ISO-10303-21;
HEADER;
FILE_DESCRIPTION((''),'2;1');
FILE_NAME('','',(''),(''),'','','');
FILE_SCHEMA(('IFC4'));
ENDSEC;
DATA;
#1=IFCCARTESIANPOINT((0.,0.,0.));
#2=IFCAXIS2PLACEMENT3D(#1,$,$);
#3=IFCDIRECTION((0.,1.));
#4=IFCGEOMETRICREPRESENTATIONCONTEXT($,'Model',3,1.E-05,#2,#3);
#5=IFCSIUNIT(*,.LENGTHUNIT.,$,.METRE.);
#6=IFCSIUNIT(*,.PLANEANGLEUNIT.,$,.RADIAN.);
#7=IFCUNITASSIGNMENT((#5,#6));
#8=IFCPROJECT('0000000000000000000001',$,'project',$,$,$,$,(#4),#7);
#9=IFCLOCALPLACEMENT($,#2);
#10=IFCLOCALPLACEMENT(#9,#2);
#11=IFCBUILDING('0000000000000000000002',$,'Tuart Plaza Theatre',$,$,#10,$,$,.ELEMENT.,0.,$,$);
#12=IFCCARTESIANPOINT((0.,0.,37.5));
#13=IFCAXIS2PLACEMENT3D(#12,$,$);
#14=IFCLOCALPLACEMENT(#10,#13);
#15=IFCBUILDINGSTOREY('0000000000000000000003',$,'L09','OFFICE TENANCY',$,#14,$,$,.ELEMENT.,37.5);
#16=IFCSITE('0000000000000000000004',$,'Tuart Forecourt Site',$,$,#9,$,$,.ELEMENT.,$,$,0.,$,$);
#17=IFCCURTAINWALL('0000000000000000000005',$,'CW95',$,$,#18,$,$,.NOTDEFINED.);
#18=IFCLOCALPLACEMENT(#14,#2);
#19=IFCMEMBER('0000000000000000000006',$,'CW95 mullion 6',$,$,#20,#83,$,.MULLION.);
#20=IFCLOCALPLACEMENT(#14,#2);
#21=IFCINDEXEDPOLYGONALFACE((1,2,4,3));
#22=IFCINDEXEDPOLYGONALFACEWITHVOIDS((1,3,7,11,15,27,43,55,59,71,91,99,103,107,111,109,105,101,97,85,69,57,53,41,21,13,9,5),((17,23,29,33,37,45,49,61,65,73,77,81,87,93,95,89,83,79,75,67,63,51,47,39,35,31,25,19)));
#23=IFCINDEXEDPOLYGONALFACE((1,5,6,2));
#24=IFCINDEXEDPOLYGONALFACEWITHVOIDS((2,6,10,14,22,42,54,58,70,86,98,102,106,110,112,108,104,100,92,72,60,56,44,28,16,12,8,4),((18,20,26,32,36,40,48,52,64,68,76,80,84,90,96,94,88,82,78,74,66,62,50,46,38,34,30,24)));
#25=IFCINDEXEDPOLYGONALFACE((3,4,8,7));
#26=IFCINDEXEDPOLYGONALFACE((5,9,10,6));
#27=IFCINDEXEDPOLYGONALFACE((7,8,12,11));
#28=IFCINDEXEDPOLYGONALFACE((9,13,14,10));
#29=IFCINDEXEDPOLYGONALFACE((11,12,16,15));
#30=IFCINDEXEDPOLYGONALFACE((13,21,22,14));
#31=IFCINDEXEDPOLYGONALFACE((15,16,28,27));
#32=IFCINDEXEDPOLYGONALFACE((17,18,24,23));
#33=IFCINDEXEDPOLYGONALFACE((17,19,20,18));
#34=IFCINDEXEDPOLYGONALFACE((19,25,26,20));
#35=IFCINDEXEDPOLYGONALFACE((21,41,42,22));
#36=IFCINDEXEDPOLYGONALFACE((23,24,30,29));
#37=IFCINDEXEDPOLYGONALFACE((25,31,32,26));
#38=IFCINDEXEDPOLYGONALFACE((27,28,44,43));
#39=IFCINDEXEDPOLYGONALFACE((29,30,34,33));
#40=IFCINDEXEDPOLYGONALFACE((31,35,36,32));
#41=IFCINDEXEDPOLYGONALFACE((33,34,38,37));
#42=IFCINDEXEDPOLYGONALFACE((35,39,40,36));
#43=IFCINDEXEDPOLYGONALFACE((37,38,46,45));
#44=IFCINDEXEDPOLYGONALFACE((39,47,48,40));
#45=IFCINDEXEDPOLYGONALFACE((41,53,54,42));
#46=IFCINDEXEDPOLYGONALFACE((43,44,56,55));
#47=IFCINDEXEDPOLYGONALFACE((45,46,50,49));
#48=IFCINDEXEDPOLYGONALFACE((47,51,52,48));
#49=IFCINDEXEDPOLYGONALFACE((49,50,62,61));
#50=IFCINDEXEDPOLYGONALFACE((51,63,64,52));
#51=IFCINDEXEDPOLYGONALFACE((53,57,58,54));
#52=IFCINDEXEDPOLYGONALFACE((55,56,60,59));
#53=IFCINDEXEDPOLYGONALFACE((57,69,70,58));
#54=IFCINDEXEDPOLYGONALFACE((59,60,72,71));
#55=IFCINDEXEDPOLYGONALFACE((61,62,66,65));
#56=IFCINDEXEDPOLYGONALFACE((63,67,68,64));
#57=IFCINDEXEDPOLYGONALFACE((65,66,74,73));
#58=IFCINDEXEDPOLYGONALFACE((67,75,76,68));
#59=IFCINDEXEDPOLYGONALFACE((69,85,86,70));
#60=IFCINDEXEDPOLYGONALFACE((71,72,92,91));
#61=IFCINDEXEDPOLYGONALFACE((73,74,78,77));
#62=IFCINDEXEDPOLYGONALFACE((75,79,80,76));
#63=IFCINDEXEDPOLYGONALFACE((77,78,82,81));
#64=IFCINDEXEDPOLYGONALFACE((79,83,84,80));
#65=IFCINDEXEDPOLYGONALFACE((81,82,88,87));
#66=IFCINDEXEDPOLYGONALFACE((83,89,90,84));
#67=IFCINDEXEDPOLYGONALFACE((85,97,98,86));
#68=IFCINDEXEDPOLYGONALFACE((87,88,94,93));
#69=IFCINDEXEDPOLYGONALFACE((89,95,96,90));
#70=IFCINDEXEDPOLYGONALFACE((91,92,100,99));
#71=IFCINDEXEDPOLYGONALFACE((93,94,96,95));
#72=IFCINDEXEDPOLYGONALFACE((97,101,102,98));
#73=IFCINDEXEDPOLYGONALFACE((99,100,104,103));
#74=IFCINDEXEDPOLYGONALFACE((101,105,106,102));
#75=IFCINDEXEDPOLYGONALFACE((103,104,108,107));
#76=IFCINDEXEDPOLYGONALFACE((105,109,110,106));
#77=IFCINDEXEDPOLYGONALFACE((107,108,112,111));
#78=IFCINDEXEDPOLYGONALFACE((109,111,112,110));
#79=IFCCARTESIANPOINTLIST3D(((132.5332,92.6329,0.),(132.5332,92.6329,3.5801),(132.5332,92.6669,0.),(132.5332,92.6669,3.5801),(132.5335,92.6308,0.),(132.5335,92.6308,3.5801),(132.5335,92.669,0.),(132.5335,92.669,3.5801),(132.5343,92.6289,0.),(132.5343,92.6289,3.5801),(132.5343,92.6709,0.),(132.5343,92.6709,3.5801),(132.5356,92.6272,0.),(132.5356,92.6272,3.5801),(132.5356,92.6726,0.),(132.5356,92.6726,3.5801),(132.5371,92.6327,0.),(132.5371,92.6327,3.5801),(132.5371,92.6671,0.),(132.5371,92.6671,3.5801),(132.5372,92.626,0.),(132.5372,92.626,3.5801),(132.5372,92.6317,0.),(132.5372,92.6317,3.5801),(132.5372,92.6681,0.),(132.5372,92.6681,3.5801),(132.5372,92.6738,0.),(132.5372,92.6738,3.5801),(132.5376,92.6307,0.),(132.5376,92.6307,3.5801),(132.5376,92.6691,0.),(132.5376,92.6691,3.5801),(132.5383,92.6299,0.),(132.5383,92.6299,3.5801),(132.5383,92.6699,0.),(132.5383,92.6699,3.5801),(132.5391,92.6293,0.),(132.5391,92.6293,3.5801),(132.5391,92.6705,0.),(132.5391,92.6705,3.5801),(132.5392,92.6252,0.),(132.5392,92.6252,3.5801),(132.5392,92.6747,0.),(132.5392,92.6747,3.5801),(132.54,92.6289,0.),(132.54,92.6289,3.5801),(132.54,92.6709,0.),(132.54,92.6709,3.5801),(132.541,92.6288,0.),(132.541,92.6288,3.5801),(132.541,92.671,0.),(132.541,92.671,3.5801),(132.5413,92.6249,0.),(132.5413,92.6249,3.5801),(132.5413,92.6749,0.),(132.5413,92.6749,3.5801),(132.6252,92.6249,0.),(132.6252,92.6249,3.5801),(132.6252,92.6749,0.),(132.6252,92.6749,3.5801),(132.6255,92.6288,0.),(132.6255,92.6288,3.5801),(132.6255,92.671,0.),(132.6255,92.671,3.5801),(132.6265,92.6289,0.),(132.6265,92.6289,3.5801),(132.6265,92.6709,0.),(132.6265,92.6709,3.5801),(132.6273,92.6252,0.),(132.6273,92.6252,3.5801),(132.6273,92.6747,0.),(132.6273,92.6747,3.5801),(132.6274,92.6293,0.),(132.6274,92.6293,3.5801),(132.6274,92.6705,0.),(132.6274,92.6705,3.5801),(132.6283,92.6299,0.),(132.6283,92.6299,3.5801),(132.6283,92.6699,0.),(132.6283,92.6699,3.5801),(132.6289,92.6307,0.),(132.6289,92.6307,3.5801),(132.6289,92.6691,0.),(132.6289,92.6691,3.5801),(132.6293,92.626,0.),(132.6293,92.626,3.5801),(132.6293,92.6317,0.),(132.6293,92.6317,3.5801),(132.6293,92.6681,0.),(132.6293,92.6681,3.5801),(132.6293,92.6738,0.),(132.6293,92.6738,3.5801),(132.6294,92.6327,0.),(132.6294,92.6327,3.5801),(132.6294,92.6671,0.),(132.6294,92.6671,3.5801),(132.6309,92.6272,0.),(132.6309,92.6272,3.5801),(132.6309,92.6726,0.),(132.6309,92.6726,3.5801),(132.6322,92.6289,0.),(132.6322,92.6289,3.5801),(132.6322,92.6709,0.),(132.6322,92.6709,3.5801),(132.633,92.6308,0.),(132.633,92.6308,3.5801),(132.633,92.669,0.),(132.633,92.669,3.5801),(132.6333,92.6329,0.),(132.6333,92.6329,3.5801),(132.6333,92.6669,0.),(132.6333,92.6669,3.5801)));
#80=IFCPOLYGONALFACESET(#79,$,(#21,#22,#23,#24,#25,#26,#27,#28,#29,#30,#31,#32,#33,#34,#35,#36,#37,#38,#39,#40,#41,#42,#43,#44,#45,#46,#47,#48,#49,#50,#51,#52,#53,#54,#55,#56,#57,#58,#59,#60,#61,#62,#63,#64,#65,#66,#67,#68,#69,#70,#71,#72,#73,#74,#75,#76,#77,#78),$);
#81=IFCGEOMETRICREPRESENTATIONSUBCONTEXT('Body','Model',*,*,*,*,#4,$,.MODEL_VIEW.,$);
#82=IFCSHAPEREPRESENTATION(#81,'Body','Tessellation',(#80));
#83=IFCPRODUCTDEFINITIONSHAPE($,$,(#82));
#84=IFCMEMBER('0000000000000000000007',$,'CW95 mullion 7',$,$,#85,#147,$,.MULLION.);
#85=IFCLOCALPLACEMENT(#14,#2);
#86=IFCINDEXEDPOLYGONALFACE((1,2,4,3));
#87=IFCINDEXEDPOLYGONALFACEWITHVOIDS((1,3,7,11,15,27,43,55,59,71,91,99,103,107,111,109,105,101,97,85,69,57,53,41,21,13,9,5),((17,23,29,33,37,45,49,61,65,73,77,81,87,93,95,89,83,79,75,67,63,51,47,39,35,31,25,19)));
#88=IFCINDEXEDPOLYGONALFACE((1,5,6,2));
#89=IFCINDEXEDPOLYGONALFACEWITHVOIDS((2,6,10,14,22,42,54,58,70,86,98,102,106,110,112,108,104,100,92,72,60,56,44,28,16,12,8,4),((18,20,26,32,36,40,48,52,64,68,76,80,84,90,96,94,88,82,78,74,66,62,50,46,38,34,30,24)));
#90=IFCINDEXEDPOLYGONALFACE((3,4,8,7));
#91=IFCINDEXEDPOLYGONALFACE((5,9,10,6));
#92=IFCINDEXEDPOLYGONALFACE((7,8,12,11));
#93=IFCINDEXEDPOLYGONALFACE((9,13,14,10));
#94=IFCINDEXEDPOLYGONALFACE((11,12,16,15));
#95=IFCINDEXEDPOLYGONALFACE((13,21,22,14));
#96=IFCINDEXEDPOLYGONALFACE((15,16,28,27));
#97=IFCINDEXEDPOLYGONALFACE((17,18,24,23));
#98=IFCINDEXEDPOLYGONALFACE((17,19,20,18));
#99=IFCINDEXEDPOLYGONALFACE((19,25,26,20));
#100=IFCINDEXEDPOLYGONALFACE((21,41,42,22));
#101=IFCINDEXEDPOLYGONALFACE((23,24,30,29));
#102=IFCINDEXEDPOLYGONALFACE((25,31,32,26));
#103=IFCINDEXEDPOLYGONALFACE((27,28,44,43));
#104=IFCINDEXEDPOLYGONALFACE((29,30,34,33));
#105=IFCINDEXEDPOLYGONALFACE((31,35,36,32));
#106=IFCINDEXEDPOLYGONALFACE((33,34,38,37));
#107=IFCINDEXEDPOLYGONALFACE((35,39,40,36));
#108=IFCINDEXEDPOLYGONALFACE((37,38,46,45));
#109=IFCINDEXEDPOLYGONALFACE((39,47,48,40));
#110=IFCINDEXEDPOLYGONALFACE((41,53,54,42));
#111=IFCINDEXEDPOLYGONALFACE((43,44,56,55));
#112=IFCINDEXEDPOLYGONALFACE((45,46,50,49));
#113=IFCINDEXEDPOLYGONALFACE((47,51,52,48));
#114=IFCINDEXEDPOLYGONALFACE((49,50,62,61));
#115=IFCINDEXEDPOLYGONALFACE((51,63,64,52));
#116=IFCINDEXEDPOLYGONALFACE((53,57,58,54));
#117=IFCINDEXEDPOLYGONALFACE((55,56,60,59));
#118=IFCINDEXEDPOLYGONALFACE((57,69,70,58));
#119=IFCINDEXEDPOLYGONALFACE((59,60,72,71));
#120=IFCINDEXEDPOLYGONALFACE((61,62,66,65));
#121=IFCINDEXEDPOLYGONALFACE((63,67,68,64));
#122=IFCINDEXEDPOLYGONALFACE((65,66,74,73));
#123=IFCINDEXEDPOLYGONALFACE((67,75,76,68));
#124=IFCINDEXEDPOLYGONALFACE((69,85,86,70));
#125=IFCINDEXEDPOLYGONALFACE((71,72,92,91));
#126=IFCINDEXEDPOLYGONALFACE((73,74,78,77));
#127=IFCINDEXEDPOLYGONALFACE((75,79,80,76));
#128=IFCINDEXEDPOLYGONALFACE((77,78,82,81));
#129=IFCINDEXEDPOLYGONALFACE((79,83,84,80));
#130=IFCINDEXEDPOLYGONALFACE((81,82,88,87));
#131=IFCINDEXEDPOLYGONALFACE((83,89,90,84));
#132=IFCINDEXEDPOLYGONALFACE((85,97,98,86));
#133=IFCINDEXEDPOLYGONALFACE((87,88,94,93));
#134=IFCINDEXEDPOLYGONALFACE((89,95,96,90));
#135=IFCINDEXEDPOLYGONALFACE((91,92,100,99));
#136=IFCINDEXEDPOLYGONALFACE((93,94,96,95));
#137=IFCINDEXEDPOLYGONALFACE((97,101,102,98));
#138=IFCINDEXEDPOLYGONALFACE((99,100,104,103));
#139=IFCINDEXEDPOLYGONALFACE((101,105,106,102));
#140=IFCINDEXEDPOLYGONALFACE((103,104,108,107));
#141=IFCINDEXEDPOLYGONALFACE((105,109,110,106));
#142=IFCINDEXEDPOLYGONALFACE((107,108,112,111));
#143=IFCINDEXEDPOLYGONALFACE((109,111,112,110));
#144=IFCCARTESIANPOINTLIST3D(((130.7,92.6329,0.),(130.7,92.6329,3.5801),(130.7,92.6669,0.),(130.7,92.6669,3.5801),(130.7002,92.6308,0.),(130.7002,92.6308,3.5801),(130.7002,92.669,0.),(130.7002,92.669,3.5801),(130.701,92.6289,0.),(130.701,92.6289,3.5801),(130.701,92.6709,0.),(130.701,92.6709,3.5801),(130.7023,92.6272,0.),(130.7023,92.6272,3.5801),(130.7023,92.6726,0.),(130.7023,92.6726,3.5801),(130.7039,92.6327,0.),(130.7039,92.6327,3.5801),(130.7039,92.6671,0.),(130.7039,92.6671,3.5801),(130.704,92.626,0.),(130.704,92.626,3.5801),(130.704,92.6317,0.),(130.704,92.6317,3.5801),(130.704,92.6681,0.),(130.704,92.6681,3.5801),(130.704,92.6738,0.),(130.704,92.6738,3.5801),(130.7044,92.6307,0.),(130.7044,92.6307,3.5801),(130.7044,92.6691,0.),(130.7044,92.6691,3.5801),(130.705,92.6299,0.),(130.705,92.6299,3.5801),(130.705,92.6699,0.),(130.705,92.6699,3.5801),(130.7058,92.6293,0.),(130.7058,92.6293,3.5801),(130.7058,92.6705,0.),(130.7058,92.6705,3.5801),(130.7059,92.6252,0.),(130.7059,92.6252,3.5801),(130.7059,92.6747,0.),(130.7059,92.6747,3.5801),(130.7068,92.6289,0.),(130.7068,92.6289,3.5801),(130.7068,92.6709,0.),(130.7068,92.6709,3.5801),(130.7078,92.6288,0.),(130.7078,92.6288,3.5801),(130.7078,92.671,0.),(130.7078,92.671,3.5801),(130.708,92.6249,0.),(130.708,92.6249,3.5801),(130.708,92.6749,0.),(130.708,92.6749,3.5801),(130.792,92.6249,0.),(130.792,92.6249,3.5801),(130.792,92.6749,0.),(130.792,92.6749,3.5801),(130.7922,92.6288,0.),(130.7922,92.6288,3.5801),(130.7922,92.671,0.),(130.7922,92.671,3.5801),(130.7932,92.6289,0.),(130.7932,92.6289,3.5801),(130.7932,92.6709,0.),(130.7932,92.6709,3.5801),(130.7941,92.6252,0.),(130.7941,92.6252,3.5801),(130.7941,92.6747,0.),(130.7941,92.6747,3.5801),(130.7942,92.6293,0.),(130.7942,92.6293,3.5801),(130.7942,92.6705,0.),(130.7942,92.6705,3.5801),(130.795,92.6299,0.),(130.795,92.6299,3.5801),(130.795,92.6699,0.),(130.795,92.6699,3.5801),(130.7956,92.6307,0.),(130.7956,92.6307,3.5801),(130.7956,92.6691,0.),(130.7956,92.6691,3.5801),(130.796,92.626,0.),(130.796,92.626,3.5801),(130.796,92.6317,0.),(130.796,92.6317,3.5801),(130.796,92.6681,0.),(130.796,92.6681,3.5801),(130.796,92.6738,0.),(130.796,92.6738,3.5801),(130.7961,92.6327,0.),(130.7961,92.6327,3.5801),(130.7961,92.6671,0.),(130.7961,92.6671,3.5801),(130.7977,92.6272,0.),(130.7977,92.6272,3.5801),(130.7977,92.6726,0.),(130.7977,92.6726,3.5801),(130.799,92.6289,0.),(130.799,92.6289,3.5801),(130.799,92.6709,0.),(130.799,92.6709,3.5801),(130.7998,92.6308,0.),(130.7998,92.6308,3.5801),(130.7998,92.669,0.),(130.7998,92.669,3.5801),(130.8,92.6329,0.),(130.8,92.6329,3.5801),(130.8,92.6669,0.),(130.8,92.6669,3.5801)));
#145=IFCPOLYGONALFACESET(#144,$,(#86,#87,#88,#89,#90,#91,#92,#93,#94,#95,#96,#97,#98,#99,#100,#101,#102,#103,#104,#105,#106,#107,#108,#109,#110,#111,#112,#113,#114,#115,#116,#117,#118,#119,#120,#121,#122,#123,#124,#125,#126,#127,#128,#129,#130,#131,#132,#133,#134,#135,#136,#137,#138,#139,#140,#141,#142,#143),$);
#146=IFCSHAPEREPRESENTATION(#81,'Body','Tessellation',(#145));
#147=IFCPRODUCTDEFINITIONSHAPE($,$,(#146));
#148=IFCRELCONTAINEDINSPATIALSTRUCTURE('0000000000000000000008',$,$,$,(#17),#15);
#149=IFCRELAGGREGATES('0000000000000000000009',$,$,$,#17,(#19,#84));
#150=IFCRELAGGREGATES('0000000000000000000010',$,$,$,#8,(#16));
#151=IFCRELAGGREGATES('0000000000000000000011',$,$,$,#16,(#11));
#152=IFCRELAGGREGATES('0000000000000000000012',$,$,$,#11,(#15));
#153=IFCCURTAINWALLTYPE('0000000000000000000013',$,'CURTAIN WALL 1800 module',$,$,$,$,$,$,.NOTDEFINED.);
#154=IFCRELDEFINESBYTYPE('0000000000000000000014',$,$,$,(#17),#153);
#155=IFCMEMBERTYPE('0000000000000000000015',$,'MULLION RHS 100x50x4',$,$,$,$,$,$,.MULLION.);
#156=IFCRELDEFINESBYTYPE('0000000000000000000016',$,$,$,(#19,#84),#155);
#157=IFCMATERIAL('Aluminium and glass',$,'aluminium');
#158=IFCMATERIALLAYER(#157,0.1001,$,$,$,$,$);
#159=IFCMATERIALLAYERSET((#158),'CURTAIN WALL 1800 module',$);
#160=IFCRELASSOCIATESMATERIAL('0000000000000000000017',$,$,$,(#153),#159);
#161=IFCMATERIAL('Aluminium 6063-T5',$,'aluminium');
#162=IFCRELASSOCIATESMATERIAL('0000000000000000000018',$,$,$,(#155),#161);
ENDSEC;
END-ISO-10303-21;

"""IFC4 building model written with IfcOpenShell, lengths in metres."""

from ifc_helpers import new_model, si_unit, direction, frame, origin, origin_2d, place, context, subcontext, project, spatial, hollow_rectangle, extrude, material, layer, layer_set, material_profile, profile_set, type_object, element, aggregate, save


model = new_model("IFC4")

# Units and contexts
model_context = context("Model", 3, precision=1e-05, world=origin(), true_north=direction((0.0, 1.0)))
body_context = subcontext(model_context, "Body", "Model", "MODEL_VIEW")
ifc_project = project(units=[si_unit("LENGTHUNIT", "METRE"), si_unit("PLANEANGLEUNIT", "RADIAN")], contexts=[model_context])

# Site, building, storey
site_placement = place(None, origin())
site = spatial("IfcSite", under=ifc_project, at=site_placement, Name="Tuart Forecourt Site", CompositionType="ELEMENT", RefElevation=0.0)
building_placement = place(site_placement, origin())
building = spatial("IfcBuilding", under=site, at=building_placement, Name="Tuart Plaza Theatre", CompositionType="ELEMENT", ElevationOfRefHeight=0.0)
storey_placement = place(building_placement, frame((0.0, 0.0, 37.5)))
storey = spatial("IfcBuildingStorey", under=building, at=storey_placement, Name="L09", Description="OFFICE TENANCY", CompositionType="ELEMENT", Elevation=37.5)

# Curtain wall, members
ifc_material_1 = material(Name="Aluminium and glass", Category="aluminium")
ifc_layer_1 = layer(ifc_material_1, 0.1001)
ifc_layer_set_1 = layer_set([ifc_layer_1], Name="CURTAIN WALL 1800 module")
curtain_wall_type = type_object("IfcCurtainWallType", Name="CURTAIN WALL 1800 module", PredefinedType="NOTDEFINED", material=ifc_layer_set_1)
curtain_wall_placement = place(storey_placement, origin())
curtain_wall = element("IfcCurtainWall", 1, at=curtain_wall_placement, inside=storey, type_object=curtain_wall_type, Name="CW95", PredefinedType="NOTDEFINED")
ifc_material_2 = material(Name="Aluminium 6063-T5", Category="aluminium")
ifc_material_profile_1 = material_profile(ifc_material_2, hollow_rectangle(XDim=0.05, YDim=0.1001, WallThickness=0.0039, InnerFilletRadius=0.0039, OuterFilletRadius=0.0081, at=origin_2d()), Name="RHS 100x50x4")
ifc_profile_set_1 = profile_set([ifc_material_profile_1], Name="Aluminium 6063-T5")
member_type_1 = type_object("IfcMemberType", Name="MULLION RHS 100x50x4", PredefinedType="MULLION", material=ifc_profile_set_1)
member_1_placement = place(storey_placement, frame((132.5833, 92.6499, 0.0), z_axis=(0.0, 0.0, 1.0), x_axis=(0.0, -1.0, 0.0)))
member_1 = element("IfcMember", 2, at=member_1_placement, type_object=member_type_1, Name="CW95 mullion 6", PredefinedType="MULLION", context=body_context, shape_type="SweptSolid", body=[
    extrude(hollow_rectangle(XDim=0.05, YDim=0.1001, WallThickness=0.0039, InnerFilletRadius=0.0039, OuterFilletRadius=0.0081, at=origin_2d()), origin(), (0.0, 0.0, 1.0), 3.5801),
])
member_2_placement = place(storey_placement, frame((130.75, 92.6499, 0.0), z_axis=(0.0, 0.0, 1.0), x_axis=(0.0, -1.0, 0.0)))
member_2 = element("IfcMember", 3, at=member_2_placement, type_object=member_type_1, Name="CW95 mullion 7", PredefinedType="MULLION", context=body_context, shape_type="SweptSolid", body=[
    extrude(hollow_rectangle(XDim=0.05, YDim=0.1001, WallThickness=0.0039, InnerFilletRadius=0.0039, OuterFilletRadius=0.0081, at=origin_2d()), origin(), (0.0, 0.0, 1.0), 3.5801),
])
aggregate(curtain_wall, [member_1, member_2])

save(model, "model.ifc")
